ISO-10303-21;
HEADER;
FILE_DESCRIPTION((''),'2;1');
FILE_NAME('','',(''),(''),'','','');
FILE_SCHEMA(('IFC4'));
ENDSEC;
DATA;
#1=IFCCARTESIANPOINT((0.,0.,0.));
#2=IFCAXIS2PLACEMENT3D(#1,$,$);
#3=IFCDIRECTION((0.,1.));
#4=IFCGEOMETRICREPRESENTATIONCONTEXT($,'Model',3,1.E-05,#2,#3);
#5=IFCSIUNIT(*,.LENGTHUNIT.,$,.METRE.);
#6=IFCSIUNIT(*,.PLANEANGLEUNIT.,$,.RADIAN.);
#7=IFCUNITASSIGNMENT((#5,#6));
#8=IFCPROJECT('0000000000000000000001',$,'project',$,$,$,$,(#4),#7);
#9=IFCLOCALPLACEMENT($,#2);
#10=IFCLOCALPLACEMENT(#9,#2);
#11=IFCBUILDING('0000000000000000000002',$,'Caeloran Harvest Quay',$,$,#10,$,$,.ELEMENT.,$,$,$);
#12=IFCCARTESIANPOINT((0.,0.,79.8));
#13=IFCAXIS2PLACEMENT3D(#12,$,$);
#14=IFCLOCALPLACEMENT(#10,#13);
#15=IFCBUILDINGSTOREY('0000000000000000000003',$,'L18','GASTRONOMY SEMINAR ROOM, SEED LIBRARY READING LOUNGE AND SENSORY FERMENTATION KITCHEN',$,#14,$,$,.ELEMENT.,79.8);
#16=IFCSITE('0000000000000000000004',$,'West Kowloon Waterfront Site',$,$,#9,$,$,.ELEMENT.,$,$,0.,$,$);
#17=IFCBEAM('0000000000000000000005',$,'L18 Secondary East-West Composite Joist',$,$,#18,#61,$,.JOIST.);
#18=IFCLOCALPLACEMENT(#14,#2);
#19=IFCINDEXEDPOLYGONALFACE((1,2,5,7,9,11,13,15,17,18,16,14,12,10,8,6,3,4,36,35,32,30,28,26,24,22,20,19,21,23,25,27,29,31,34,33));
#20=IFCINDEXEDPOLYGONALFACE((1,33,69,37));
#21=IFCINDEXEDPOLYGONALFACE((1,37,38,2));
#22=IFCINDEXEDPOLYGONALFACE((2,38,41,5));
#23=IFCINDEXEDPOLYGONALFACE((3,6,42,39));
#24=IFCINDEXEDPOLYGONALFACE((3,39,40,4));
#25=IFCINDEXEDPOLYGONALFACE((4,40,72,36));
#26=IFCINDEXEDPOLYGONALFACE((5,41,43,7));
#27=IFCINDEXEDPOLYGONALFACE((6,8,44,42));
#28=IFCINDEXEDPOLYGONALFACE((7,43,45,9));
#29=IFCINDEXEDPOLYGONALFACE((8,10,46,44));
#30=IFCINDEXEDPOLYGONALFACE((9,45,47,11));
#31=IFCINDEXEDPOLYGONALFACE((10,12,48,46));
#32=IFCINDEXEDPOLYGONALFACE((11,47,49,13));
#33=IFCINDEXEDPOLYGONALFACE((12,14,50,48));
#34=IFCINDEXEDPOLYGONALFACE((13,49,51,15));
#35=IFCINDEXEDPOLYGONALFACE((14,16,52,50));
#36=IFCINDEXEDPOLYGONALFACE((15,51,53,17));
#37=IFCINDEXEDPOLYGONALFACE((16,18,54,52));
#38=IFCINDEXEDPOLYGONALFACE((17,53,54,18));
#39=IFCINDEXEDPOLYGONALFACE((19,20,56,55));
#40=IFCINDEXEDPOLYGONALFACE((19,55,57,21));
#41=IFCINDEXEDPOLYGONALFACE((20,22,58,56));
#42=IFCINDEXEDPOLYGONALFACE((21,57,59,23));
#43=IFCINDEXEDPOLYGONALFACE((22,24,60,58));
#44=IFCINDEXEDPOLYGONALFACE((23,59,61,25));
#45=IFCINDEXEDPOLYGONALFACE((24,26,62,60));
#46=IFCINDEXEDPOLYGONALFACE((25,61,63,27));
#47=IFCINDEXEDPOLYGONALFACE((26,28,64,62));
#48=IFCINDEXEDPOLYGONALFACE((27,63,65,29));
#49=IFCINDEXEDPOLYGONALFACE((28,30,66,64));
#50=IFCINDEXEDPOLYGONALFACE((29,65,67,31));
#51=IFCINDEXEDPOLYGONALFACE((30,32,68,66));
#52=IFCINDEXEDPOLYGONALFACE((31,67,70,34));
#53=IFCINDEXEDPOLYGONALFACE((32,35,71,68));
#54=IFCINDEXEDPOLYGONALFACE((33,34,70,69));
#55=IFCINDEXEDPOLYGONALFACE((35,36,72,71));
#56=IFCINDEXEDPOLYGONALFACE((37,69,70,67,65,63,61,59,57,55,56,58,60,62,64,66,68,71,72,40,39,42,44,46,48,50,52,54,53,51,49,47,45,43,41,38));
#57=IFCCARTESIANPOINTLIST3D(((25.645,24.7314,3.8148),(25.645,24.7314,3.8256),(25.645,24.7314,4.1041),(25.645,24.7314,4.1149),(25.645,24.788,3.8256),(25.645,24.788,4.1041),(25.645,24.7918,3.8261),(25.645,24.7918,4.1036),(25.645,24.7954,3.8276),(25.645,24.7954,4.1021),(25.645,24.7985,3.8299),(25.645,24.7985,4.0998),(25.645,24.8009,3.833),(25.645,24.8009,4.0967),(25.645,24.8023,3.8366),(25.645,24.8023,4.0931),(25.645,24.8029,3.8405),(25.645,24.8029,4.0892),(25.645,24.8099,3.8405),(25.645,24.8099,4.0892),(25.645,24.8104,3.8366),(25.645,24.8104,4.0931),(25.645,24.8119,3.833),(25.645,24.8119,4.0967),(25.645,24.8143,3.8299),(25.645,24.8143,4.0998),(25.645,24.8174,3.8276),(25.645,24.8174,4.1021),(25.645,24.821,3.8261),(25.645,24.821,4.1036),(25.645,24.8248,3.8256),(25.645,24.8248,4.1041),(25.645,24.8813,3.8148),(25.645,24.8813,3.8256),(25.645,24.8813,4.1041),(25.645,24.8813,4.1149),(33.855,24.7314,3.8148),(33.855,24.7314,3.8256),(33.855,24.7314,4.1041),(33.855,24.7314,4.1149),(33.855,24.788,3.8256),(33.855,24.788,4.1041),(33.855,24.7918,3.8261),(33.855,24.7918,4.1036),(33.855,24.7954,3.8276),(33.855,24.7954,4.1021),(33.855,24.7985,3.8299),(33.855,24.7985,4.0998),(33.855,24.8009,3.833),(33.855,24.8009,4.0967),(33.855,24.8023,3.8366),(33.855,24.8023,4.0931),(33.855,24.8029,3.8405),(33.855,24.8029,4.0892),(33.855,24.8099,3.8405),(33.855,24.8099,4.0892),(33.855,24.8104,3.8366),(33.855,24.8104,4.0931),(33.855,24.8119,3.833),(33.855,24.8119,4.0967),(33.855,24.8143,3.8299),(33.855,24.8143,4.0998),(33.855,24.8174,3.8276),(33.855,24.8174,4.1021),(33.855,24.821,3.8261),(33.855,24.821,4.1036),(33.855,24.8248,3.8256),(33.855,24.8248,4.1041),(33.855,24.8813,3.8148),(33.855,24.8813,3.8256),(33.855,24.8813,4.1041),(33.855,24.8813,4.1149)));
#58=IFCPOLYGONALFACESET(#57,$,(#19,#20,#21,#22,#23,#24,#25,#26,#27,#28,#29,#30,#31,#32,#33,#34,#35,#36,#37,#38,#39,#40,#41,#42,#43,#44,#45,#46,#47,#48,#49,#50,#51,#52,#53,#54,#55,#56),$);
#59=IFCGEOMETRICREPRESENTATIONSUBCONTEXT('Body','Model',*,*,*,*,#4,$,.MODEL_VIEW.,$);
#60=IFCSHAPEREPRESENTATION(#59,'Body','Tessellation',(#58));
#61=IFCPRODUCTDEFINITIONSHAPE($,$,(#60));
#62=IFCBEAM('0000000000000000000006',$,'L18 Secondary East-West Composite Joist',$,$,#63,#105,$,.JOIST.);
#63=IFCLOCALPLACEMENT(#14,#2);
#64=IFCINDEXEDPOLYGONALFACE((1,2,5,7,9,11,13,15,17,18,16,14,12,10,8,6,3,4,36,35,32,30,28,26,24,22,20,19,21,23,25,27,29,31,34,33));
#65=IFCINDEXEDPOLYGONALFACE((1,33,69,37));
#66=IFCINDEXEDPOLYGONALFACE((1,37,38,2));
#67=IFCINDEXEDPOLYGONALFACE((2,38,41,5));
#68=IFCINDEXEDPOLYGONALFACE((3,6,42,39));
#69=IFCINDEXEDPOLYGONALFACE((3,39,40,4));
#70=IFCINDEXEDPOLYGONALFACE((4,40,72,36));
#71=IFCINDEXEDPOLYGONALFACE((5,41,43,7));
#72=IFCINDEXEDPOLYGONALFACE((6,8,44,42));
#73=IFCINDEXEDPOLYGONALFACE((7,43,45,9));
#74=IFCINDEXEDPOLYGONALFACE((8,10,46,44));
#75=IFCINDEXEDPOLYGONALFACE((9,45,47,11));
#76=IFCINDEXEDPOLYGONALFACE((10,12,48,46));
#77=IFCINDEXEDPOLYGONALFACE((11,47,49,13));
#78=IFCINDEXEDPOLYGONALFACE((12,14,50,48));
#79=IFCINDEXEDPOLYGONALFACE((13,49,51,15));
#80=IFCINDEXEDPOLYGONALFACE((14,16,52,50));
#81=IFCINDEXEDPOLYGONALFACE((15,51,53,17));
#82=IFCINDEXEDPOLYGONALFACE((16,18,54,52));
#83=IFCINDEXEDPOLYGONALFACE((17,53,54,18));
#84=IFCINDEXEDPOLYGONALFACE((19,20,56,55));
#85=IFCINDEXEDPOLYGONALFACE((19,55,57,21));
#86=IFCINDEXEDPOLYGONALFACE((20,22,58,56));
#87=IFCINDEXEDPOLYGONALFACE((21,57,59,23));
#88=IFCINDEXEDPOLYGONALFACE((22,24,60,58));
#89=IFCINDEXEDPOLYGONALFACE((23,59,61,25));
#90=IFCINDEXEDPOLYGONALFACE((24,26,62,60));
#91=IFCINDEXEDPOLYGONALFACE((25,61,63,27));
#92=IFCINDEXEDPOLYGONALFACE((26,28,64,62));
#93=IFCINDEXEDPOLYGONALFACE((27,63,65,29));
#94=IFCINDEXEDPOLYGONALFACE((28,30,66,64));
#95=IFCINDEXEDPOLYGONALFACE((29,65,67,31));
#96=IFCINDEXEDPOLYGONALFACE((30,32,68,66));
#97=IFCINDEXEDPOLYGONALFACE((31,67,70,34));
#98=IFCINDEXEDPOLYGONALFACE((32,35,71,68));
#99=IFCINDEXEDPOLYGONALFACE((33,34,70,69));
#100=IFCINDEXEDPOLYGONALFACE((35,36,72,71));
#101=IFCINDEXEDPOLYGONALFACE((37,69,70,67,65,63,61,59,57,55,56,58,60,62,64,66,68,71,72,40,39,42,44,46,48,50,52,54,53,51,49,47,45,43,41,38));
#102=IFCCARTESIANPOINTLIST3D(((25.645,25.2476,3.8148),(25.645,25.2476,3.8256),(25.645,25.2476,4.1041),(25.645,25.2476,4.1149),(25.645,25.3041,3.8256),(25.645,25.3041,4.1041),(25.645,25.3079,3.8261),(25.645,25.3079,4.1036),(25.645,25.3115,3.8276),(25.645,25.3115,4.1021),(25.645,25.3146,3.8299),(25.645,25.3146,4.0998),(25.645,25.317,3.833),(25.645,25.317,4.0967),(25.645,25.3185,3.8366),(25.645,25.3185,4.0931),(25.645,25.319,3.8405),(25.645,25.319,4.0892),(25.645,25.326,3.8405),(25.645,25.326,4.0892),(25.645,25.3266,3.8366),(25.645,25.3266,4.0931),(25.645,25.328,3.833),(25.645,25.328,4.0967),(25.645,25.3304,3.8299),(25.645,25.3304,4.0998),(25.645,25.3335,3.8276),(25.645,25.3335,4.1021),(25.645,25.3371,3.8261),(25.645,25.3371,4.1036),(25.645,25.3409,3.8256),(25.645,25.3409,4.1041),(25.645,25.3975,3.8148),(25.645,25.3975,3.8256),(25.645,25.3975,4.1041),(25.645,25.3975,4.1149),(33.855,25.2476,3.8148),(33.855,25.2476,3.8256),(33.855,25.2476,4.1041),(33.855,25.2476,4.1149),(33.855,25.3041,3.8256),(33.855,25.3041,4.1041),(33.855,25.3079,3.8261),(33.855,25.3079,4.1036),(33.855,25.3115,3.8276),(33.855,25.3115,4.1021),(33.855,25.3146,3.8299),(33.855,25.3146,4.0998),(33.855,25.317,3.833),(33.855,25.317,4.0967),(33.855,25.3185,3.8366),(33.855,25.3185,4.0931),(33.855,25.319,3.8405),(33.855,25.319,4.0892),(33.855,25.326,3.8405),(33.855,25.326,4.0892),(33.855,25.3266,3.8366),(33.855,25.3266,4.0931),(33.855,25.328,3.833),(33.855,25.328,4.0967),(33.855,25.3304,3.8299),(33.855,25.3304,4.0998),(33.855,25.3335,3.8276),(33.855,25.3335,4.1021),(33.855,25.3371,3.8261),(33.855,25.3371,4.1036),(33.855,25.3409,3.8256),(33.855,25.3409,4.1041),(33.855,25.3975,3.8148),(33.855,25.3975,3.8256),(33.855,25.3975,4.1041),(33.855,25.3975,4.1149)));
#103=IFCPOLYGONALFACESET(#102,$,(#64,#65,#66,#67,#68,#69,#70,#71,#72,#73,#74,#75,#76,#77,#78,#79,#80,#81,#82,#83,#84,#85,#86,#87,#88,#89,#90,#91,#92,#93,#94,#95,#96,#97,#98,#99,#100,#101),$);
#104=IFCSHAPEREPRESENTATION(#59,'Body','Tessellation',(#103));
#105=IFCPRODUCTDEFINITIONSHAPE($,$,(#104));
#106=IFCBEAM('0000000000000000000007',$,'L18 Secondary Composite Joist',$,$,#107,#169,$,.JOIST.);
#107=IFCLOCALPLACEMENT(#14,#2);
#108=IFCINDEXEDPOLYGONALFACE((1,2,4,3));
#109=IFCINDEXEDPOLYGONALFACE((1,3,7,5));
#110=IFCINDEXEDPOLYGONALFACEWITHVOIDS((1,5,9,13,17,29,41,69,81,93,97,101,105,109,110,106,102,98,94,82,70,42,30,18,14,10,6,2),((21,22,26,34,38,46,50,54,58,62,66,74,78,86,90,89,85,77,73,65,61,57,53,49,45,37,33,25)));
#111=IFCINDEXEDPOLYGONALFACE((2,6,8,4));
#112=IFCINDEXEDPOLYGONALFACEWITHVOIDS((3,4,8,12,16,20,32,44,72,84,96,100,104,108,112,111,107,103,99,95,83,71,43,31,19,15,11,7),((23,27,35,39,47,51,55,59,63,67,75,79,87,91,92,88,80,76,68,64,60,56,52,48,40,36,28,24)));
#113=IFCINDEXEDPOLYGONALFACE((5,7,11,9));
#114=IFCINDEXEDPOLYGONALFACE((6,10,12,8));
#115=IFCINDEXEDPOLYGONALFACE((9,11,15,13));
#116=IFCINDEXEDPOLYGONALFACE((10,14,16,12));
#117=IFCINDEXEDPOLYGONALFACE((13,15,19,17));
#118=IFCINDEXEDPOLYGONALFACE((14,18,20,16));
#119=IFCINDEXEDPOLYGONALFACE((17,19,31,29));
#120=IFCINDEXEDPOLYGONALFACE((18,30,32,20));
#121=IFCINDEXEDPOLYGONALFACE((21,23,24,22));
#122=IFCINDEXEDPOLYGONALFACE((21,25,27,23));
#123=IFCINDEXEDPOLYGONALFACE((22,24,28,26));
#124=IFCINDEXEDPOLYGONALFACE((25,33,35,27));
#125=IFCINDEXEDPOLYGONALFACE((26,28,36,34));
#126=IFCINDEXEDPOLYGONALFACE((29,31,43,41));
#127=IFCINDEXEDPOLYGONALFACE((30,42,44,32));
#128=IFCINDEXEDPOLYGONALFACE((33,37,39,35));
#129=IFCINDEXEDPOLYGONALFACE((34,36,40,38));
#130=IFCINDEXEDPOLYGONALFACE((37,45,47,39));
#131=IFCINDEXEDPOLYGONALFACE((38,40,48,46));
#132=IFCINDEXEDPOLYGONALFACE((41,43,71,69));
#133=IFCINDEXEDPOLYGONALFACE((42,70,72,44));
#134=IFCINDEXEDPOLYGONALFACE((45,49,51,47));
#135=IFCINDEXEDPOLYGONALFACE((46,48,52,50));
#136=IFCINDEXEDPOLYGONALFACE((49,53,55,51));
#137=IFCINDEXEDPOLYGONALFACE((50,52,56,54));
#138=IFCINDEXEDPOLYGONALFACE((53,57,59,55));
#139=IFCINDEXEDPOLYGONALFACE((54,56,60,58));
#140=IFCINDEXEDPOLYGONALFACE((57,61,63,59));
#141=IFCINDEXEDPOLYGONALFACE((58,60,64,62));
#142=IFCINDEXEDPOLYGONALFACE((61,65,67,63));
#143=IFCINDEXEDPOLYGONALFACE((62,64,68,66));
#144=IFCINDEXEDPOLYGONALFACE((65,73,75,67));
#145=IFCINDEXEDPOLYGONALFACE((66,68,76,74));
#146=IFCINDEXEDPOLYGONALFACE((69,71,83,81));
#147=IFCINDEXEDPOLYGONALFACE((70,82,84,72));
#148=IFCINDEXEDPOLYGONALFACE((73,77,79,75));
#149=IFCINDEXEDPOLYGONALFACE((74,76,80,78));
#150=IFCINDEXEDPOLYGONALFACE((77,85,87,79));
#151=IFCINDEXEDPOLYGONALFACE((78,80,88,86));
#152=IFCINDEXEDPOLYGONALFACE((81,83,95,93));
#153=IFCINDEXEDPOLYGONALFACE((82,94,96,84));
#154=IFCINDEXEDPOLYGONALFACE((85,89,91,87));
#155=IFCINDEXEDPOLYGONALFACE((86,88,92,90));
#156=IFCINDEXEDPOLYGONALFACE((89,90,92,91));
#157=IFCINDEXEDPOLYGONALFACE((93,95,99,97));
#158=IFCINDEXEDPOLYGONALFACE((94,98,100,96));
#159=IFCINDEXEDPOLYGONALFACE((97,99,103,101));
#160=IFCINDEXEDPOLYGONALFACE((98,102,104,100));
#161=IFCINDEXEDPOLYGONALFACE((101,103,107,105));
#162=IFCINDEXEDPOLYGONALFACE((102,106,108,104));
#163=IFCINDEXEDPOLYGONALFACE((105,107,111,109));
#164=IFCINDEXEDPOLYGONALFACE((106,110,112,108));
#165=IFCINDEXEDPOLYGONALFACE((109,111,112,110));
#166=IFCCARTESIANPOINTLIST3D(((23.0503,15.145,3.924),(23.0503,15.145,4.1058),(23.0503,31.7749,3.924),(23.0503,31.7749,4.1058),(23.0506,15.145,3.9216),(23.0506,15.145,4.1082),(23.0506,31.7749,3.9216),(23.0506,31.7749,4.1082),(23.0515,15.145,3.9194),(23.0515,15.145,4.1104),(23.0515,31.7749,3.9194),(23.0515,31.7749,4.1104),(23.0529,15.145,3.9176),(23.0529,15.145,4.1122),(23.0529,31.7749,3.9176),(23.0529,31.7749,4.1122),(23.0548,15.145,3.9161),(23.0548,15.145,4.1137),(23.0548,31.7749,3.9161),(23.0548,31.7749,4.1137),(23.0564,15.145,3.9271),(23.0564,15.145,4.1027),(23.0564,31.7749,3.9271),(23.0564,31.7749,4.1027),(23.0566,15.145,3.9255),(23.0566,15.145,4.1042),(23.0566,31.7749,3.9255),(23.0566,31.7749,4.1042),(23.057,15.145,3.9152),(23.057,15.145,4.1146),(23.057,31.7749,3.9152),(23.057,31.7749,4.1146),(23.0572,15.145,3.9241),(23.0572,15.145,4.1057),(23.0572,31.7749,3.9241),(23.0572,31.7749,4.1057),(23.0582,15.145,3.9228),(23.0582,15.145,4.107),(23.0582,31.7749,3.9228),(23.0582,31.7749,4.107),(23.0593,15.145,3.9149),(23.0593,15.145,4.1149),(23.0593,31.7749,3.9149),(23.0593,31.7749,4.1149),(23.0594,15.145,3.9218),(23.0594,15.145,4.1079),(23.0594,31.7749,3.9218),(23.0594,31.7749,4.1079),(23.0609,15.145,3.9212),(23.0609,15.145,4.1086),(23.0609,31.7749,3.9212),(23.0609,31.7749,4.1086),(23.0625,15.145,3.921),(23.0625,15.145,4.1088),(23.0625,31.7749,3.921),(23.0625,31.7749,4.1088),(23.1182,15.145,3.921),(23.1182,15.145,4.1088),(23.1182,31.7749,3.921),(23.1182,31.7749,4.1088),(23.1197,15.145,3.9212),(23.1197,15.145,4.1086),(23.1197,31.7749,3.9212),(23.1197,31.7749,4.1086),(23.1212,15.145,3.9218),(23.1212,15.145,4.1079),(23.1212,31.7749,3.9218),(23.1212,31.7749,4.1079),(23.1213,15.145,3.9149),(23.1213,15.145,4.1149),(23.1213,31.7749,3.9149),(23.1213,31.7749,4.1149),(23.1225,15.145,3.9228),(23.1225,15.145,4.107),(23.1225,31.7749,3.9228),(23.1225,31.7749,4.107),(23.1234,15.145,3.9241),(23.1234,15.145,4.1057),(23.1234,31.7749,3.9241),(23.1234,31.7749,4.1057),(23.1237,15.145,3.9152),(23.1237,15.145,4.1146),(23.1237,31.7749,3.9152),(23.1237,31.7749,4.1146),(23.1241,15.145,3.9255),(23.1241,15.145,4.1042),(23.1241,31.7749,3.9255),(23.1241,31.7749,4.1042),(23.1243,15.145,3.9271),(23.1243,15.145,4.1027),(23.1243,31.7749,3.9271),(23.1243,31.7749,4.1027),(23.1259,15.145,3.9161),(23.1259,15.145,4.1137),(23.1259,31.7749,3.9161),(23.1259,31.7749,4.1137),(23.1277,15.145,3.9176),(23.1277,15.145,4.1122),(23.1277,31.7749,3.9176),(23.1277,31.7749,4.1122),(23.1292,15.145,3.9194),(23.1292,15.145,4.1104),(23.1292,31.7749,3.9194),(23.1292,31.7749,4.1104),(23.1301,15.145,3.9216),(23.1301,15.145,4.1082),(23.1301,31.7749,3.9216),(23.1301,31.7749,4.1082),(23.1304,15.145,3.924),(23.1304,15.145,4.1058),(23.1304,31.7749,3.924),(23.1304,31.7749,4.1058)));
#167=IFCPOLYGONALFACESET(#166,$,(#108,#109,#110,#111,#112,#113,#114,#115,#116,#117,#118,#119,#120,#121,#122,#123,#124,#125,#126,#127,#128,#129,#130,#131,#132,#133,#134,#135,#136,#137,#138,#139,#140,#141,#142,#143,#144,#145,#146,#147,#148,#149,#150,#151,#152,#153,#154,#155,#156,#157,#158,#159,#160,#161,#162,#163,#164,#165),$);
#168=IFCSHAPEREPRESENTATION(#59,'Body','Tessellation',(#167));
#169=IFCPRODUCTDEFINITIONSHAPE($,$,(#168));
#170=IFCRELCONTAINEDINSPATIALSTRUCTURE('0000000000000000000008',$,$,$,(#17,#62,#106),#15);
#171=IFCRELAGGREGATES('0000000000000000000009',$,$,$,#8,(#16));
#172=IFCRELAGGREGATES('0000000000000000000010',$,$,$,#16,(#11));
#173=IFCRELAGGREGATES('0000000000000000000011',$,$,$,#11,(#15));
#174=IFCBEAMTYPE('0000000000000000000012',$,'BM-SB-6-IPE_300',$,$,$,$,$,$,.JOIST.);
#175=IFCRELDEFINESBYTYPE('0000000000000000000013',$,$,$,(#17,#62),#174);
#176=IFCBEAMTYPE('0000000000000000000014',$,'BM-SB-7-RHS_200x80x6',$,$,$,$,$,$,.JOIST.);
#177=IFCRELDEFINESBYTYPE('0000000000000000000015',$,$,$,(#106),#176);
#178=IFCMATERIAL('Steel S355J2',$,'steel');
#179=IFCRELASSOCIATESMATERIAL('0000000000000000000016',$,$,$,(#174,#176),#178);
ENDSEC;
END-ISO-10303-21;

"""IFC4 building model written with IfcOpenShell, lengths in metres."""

from ifc_helpers import new_model, si_unit, direction, frame, origin, origin_2d, place, context, subcontext, project, spatial, hollow_rectangle, i_section, extrude, material, material_profile, profile_set, type_object, element, save


model = new_model("IFC4")

# Units and contexts
model_context = context("Model", 3, precision=1e-05, world=origin(), true_north=direction((0.0, 1.0)))
body_context = subcontext(model_context, "Body", "Model", "MODEL_VIEW")
ifc_project = project(units=[si_unit("LENGTHUNIT", "METRE"), si_unit("PLANEANGLEUNIT", "RADIAN")], contexts=[model_context])

# Site, building, storey
site_placement = place(None, origin())
site = spatial("IfcSite", under=ifc_project, at=site_placement, Name="West Kowloon Waterfront Site", CompositionType="ELEMENT", RefElevation=0.0)
building_placement = place(site_placement, origin())
building = spatial("IfcBuilding", under=site, at=building_placement, Name="Caeloran Harvest Quay", CompositionType="ELEMENT")
storey_placement = place(building_placement, frame((0.0, 0.0, 79.8)))
storey = spatial("IfcBuildingStorey", under=building, at=storey_placement, Name="L18", Description="GASTRONOMY SEMINAR ROOM, SEED LIBRARY READING LOUNGE AND SENSORY FERMENTATION KITCHEN", CompositionType="ELEMENT", Elevation=79.8)

# Beams
ifc_material_1 = material(Name="Steel S355J2", Category="steel")
ifc_material_profile_1 = material_profile(ifc_material_1, i_section(OverallWidth=0.1499, OverallDepth=0.3, WebThickness=0.0071, FlangeThickness=0.0107, FilletRadius=0.0149, at=origin_2d()), Name="IPE 300")
ifc_profile_set_1 = profile_set([ifc_material_profile_1], Name="Steel S355J2")
beam_type_1 = type_object("IfcBeamType", Name="BM-SB-6-IPE_300", PredefinedType="JOIST", material=ifc_profile_set_1)
for number, where, z_axis, x_axis, name in (
    (1, (25.645, 24.8064, 3.9648), (1.0, 0.0, 0.0), (0.0, 1.0, 0.0), "L18 Secondary East-West Composite Joist"),
    (2, (25.645, 25.3225, 3.9648), (1.0, 0.0, 0.0), (0.0, 1.0, 0.0), "L18 Secondary East-West Composite Joist"),
):
    element("IfcBeam", number, at=place(storey_placement, frame(where, z_axis=z_axis, x_axis=x_axis)), inside=storey, type_object=beam_type_1, Name=name, PredefinedType="JOIST", context=body_context, shape_type="SweptSolid", body=[
        extrude(i_section(OverallWidth=0.1499, OverallDepth=0.3, WebThickness=0.0071, FlangeThickness=0.0107, FilletRadius=0.0149, at=origin_2d()), origin(), (0.0, 0.0, 1.0), 8.21),
    ])
ifc_material_profile_2 = material_profile(ifc_material_1, hollow_rectangle(XDim=0.0801, YDim=0.2, WallThickness=0.0061, InnerFilletRadius=0.0061, OuterFilletRadius=0.009, at=origin_2d()), Name="RHS 200x80x6")
ifc_profile_set_2 = profile_set([ifc_material_profile_2], Name="Steel S355J2")
beam_type_2 = type_object("IfcBeamType", Name="BM-SB-7-RHS_200x80x6", PredefinedType="JOIST", material=ifc_profile_set_2)
for number, where, z_axis, x_axis, name in (
    (3, (23.0903, 15.145, 4.0149), (0.0, 1.0, 0.0), (-1.0, 0.0, 0.0), "L18 Secondary Composite Joist"),
):
    element("IfcBeam", number, at=place(storey_placement, frame(where, z_axis=z_axis, x_axis=x_axis)), inside=storey, type_object=beam_type_2, Name=name, PredefinedType="JOIST", context=body_context, shape_type="SweptSolid", body=[
        extrude(hollow_rectangle(XDim=0.0801, YDim=0.2, WallThickness=0.0061, InnerFilletRadius=0.0061, OuterFilletRadius=0.009, at=origin_2d()), origin(), (0.0, 0.0, 1.0), 16.6299),
    ])

save(model, "model.ifc")
